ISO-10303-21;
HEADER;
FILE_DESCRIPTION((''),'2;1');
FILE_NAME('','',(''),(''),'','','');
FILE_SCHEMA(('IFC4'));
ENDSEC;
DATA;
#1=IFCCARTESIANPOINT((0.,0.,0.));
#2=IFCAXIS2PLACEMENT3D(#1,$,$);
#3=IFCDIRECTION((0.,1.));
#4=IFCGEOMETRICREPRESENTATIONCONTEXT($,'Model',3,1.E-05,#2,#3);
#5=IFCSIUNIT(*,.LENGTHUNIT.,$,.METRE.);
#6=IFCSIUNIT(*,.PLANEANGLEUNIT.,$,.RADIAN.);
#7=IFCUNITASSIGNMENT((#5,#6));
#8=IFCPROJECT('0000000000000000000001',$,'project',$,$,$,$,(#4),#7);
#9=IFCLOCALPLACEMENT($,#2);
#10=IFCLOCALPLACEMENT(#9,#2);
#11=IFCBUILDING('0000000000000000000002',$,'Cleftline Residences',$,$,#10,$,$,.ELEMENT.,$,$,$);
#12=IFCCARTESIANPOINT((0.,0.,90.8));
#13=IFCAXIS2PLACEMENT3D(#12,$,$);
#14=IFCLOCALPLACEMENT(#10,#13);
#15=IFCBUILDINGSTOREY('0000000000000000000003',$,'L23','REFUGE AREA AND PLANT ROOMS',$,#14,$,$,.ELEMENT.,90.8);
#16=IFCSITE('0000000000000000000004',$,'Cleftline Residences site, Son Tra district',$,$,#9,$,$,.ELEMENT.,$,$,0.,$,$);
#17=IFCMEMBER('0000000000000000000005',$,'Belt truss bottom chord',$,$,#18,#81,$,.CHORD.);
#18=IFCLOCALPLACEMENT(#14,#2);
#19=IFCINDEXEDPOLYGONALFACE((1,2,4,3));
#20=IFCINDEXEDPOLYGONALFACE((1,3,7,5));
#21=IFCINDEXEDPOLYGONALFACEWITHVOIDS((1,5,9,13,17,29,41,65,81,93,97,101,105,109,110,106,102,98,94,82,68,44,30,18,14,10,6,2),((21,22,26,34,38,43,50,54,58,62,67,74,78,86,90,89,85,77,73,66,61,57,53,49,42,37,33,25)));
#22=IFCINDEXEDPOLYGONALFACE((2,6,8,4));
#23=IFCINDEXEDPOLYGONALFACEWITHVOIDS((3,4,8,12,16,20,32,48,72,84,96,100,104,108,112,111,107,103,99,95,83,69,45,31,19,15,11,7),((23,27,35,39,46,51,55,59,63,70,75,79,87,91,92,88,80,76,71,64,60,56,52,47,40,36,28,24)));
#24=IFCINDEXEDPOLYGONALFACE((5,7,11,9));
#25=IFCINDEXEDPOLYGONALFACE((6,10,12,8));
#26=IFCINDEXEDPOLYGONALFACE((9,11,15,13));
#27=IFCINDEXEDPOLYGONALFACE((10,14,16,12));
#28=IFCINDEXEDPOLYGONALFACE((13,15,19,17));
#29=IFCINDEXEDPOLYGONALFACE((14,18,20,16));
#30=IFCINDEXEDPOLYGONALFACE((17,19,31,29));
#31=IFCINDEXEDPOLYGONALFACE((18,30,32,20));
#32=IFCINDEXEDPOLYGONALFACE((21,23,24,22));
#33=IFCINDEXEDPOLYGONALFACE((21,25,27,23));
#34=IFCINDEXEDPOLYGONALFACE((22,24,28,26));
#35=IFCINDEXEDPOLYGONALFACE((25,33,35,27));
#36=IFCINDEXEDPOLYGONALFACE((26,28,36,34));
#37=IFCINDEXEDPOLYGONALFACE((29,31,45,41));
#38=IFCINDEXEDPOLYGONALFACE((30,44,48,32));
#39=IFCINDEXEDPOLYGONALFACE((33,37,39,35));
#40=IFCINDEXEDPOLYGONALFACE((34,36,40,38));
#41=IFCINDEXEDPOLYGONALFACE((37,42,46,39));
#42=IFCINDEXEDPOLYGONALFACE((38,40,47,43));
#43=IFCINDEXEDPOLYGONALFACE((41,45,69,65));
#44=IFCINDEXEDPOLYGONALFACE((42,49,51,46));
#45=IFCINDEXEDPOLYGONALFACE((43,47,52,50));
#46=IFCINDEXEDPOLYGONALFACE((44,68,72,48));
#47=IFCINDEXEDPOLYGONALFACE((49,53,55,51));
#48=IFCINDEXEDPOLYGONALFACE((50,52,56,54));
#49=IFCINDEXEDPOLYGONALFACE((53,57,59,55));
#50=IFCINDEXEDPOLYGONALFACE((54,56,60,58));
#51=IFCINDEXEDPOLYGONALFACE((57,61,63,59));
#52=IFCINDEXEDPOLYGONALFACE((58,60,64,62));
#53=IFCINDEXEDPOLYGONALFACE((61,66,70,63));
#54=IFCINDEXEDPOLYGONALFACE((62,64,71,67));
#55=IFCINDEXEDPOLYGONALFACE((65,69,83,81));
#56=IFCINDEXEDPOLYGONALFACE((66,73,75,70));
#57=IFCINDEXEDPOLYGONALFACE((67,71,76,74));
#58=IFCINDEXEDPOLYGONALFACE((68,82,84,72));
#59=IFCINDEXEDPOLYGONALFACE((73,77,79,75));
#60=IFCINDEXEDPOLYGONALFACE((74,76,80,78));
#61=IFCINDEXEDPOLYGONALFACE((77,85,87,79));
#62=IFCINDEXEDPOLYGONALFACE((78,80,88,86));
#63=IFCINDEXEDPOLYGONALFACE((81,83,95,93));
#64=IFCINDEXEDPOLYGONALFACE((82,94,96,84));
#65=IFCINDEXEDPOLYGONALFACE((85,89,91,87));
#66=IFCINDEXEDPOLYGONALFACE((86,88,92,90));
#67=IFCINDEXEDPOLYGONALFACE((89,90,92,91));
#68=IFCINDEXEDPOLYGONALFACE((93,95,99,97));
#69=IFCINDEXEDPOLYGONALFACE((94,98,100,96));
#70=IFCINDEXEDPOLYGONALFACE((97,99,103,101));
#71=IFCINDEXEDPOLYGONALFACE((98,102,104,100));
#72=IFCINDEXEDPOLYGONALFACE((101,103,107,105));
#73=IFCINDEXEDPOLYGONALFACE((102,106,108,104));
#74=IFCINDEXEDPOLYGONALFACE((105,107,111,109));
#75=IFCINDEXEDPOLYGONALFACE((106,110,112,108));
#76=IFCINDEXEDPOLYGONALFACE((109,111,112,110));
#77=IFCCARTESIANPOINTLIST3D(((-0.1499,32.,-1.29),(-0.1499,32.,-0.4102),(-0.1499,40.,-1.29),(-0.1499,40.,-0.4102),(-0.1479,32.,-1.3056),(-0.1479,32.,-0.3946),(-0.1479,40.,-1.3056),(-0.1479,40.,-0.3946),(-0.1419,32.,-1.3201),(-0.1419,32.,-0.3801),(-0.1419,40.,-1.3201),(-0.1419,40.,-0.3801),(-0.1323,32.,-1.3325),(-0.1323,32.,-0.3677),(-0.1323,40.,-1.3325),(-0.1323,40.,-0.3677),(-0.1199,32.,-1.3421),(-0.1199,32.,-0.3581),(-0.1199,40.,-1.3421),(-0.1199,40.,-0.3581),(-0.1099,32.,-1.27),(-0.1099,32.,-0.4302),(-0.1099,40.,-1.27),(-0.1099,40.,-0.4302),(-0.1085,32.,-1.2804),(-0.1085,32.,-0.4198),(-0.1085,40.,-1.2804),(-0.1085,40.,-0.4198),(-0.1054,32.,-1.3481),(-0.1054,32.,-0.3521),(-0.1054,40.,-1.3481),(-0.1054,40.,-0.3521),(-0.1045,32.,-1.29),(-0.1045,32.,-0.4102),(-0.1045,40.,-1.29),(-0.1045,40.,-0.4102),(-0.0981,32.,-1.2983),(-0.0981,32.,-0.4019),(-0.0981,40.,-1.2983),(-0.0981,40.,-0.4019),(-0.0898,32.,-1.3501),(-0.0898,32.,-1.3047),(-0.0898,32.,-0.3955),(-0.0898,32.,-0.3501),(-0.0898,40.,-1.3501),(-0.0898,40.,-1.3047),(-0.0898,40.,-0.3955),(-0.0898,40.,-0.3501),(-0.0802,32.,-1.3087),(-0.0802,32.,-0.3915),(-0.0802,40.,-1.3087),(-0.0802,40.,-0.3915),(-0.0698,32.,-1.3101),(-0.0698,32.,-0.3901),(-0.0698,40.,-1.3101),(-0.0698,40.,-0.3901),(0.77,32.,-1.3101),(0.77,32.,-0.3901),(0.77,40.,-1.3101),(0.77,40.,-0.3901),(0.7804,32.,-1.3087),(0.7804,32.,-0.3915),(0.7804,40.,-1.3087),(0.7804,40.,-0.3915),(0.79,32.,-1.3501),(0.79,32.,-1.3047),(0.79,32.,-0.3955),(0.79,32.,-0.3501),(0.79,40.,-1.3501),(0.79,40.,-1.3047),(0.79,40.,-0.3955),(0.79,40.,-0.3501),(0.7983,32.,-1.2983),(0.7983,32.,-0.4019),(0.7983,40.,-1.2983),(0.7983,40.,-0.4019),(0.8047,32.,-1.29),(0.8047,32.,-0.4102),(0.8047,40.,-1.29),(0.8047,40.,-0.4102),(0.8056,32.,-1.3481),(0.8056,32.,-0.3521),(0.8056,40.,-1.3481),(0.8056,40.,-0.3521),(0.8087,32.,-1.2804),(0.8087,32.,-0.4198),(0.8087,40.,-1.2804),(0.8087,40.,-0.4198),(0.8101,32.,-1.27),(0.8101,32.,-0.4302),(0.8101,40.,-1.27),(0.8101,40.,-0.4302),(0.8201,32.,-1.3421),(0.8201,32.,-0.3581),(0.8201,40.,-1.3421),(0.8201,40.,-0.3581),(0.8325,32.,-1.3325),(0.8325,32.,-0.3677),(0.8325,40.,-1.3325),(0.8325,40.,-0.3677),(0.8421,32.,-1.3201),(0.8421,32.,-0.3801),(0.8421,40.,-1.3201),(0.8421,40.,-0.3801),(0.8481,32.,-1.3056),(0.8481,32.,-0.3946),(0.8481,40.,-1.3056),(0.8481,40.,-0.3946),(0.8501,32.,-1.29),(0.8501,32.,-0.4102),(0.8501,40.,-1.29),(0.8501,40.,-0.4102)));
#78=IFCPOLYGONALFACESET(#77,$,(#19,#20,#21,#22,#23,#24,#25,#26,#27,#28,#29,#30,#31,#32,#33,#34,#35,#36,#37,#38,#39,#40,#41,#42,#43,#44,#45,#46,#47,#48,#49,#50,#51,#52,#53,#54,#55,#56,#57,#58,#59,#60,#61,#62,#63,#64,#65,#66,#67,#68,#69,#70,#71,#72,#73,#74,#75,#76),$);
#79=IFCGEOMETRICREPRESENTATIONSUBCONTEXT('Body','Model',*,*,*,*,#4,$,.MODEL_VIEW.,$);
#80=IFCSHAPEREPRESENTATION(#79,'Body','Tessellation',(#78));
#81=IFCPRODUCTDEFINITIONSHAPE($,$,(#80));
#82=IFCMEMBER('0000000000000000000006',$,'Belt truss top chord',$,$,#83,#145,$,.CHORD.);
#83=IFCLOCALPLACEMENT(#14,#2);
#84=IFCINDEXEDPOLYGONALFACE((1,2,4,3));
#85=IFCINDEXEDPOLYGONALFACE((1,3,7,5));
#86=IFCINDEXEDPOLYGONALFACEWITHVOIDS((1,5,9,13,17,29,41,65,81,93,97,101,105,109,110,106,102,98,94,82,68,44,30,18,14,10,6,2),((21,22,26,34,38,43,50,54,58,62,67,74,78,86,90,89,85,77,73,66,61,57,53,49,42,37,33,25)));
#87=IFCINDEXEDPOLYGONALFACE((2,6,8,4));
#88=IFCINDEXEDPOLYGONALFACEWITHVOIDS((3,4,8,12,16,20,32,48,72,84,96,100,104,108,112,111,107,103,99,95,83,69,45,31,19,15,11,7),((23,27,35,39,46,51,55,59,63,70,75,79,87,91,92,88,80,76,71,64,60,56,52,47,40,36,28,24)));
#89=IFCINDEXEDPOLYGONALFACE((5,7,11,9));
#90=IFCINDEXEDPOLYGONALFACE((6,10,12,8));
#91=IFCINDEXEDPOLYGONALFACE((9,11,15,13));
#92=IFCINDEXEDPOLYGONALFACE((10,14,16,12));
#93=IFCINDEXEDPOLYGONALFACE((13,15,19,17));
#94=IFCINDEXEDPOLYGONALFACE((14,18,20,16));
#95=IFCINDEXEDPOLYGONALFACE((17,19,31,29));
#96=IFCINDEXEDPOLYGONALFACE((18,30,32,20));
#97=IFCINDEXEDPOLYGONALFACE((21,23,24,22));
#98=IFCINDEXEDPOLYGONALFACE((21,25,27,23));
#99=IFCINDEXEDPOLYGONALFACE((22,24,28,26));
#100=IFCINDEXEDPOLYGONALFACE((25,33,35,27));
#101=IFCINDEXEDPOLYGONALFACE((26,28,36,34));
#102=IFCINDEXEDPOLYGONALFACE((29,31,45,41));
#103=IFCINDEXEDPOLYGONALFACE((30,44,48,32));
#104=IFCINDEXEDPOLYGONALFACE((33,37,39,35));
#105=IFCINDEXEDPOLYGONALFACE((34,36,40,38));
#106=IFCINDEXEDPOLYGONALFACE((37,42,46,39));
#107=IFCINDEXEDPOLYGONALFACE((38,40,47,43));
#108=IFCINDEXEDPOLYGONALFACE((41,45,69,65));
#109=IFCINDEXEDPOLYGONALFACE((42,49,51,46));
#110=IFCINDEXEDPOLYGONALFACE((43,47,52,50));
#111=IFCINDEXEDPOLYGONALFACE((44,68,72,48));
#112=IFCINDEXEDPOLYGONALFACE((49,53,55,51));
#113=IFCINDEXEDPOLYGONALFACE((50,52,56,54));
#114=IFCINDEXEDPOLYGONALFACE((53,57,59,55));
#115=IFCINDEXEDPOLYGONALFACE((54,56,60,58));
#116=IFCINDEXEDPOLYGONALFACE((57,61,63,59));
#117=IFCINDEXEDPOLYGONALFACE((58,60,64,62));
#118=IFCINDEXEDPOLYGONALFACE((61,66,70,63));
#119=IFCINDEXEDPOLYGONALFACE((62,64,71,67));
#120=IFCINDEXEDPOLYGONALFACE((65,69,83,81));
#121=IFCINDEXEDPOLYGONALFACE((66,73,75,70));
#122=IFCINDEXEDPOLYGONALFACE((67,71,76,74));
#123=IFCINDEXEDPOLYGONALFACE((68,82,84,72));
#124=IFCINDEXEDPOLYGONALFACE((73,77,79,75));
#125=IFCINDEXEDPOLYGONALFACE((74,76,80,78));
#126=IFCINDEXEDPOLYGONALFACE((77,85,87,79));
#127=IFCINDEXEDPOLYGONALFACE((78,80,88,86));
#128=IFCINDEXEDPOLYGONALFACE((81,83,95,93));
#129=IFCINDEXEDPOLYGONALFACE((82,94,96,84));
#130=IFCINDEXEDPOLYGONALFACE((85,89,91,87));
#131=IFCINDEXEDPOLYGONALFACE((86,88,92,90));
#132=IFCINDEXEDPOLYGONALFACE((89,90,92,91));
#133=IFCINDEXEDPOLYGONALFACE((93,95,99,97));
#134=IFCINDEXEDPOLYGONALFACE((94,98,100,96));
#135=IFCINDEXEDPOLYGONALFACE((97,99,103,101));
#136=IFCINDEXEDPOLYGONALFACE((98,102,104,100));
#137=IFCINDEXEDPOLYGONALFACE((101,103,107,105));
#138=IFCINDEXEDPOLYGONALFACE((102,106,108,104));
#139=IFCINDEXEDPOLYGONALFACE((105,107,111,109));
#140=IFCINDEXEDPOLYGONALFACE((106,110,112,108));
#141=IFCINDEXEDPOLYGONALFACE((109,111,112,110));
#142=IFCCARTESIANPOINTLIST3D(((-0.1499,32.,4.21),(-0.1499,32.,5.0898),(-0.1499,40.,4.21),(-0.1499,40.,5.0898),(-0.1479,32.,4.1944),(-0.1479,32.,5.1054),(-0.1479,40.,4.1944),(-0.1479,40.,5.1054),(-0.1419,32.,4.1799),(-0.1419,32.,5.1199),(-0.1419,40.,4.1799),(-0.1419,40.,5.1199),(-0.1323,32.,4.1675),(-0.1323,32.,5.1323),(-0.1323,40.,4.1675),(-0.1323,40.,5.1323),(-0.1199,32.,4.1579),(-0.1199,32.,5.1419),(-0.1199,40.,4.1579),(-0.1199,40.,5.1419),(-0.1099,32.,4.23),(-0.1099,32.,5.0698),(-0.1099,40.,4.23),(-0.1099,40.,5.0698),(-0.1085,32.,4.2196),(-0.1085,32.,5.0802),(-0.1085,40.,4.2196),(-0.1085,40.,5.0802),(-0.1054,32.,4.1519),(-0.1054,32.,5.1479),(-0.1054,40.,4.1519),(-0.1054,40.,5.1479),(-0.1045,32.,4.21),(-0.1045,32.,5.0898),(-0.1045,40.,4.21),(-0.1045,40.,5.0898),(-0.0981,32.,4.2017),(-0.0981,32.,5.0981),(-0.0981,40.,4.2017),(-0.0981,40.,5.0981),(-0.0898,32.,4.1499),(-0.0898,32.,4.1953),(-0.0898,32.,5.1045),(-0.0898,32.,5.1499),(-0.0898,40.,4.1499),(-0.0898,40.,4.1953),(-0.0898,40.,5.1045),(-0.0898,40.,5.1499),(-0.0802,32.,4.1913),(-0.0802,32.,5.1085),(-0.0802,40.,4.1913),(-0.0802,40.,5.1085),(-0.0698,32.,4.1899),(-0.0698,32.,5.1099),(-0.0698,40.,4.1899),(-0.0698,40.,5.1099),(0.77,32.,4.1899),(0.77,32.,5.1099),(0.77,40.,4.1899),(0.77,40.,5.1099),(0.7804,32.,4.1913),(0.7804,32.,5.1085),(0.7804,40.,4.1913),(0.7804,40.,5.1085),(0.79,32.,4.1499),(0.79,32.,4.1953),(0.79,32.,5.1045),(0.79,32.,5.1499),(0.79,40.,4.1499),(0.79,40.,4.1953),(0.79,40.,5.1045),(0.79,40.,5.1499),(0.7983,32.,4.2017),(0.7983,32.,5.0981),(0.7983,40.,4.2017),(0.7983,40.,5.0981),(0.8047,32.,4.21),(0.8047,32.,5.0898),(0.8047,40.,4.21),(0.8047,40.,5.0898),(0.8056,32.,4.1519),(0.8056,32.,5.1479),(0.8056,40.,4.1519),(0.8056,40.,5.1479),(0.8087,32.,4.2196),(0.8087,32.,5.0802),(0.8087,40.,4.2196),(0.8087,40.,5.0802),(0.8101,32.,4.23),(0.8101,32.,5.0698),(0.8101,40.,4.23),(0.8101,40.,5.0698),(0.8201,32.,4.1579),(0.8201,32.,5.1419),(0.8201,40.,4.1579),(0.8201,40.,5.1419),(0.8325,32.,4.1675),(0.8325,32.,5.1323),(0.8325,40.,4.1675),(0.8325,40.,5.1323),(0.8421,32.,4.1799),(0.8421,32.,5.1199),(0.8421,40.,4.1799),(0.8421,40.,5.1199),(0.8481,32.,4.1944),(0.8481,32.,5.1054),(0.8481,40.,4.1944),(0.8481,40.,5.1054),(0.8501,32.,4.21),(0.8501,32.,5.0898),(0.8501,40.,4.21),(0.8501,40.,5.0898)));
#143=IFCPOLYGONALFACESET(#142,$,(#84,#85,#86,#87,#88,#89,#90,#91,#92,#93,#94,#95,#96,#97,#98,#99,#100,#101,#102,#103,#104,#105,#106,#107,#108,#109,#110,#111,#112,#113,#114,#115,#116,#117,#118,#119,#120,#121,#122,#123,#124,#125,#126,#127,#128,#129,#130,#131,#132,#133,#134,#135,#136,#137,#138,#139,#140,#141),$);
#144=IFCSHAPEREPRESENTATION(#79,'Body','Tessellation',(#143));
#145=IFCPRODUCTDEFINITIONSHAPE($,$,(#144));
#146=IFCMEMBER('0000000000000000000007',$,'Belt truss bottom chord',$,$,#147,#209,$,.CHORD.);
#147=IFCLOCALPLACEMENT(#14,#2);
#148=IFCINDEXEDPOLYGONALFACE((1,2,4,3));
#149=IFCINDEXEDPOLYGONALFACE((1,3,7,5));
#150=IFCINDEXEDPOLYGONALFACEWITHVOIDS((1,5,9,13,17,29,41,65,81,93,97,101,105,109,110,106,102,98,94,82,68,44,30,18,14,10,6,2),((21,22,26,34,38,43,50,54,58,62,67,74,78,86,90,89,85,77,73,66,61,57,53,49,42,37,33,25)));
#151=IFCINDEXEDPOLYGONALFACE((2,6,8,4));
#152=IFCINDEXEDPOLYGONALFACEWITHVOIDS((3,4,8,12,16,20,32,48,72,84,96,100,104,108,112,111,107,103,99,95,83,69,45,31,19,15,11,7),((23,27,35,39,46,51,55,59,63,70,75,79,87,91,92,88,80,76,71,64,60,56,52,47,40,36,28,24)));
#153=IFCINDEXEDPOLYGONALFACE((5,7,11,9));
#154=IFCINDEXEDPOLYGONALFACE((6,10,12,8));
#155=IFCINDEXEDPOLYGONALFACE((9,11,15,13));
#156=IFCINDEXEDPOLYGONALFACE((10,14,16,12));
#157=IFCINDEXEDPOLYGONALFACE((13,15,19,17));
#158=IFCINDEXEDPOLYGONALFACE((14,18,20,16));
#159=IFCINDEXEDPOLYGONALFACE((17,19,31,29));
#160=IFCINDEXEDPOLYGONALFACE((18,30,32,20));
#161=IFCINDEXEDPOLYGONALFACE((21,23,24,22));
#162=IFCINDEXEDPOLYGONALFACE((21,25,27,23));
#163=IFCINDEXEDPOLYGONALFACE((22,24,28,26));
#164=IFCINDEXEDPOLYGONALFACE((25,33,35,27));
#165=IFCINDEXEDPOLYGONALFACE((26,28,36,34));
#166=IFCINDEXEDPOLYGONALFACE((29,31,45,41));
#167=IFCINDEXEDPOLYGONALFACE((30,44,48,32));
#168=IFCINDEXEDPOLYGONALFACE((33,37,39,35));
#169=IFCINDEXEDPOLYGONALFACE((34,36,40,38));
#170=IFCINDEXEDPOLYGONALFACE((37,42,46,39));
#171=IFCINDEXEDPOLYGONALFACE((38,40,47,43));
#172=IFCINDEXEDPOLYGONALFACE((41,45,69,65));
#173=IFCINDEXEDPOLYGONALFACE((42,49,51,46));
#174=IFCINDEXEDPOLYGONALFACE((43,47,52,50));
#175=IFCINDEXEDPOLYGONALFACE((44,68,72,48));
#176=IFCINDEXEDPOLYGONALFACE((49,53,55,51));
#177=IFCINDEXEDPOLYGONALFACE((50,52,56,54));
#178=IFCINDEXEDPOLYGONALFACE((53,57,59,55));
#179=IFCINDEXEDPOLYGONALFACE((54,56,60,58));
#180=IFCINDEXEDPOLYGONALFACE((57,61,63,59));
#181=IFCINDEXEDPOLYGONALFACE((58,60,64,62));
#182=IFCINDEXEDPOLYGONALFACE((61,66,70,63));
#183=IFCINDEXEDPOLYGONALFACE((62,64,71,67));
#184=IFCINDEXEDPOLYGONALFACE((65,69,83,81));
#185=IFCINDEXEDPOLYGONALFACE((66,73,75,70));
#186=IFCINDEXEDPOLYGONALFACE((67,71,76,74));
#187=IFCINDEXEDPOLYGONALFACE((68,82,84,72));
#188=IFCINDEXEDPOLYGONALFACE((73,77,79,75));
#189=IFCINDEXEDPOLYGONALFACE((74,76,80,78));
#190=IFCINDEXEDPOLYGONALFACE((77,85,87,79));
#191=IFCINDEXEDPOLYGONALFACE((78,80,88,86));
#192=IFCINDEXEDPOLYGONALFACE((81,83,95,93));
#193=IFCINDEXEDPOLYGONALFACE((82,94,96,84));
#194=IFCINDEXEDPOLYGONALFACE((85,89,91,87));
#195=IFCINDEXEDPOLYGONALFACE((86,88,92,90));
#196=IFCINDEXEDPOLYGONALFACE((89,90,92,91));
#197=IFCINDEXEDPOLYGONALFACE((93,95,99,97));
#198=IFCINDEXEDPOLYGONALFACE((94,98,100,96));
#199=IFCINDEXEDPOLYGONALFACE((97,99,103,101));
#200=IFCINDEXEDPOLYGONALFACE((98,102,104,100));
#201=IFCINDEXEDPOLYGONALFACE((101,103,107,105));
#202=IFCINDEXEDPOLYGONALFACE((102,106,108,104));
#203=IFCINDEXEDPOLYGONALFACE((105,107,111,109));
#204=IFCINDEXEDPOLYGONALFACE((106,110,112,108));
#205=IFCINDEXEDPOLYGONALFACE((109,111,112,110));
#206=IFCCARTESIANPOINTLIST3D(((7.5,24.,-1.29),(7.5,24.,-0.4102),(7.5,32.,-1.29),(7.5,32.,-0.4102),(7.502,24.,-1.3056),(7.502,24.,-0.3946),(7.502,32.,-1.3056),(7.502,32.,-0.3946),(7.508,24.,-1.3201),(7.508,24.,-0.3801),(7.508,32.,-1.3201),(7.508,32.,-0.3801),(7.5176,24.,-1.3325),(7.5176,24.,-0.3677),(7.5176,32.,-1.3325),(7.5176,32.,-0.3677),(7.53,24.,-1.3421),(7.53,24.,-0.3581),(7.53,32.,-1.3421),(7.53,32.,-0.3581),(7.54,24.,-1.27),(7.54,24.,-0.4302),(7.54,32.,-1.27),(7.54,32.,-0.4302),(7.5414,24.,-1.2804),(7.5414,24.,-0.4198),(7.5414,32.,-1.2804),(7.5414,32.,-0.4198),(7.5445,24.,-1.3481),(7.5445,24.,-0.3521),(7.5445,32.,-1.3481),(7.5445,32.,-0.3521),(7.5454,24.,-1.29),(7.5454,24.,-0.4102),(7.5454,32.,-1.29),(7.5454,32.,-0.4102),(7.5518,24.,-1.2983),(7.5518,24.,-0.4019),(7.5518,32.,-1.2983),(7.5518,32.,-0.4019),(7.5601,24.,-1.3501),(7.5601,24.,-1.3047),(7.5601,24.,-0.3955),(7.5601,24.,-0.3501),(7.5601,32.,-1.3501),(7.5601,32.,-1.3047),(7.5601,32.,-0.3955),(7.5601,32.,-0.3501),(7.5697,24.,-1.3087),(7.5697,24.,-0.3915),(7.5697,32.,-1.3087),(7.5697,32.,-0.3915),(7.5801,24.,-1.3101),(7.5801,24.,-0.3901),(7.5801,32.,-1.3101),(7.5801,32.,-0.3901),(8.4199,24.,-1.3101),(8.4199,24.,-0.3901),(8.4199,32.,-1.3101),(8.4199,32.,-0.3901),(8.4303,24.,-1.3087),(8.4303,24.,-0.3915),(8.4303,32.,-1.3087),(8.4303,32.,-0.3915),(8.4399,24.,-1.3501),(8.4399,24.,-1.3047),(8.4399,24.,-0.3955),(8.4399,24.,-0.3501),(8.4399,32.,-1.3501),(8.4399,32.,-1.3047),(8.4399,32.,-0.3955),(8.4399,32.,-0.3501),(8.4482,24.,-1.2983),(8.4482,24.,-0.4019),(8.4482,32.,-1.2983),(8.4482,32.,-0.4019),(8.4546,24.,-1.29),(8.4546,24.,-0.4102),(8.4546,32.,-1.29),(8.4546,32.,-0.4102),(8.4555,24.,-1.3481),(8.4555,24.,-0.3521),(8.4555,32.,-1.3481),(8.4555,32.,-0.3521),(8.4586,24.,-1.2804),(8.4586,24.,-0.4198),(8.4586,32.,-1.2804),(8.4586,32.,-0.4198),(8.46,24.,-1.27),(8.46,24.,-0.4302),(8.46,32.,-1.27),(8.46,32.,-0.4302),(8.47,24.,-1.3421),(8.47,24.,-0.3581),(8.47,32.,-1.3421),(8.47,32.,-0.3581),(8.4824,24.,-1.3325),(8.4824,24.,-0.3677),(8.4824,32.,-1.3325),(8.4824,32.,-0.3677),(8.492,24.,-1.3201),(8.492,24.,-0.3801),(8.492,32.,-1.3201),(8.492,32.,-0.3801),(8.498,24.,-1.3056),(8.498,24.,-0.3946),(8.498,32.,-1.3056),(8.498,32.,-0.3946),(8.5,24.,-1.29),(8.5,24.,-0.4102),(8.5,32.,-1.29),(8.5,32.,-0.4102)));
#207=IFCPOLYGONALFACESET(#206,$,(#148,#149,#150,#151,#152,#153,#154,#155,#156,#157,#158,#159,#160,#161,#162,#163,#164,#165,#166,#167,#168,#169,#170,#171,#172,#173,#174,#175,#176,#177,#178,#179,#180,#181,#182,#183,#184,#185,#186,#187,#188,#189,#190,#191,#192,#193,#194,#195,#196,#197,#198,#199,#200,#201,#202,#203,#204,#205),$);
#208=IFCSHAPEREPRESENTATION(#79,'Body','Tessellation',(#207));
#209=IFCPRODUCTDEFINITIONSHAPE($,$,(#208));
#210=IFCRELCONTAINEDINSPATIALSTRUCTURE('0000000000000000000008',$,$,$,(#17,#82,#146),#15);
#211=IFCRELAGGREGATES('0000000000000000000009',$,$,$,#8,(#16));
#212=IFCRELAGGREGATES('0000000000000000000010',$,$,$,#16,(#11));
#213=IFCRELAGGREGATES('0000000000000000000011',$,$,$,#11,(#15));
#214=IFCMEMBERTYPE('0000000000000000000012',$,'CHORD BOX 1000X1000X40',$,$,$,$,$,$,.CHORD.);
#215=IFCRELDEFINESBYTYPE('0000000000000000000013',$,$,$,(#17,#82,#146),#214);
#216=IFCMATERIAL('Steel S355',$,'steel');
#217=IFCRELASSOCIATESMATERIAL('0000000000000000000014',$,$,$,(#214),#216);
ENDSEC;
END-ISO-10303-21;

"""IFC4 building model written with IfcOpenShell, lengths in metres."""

from ifc_helpers import new_model, si_unit, direction, frame, origin, origin_2d, place, context, subcontext, project, spatial, hollow_rectangle, extrude, material, material_profile, profile_set, type_object, element, save


model = new_model("IFC4")

# Units and contexts
model_context = context("Model", 3, precision=1e-05, world=origin(), true_north=direction((0.0, 1.0)))
body_context = subcontext(model_context, "Body", "Model", "MODEL_VIEW")
ifc_project = project(units=[si_unit("LENGTHUNIT", "METRE"), si_unit("PLANEANGLEUNIT", "RADIAN")], contexts=[model_context])

# Site, building, storey
site_placement = place(None, origin())
site = spatial("IfcSite", under=ifc_project, at=site_placement, Name="Cleftline Residences site, Son Tra district", CompositionType="ELEMENT", RefElevation=0.0)
building_placement = place(site_placement, origin())
building = spatial("IfcBuilding", under=site, at=building_placement, Name="Cleftline Residences", CompositionType="ELEMENT")
storey_placement = place(building_placement, frame((0.0, 0.0, 90.8)))
storey = spatial("IfcBuildingStorey", under=building, at=storey_placement, Name="L23", Description="REFUGE AREA AND PLANT ROOMS", CompositionType="ELEMENT", Elevation=90.8)

# Members
ifc_material_1 = material(Name="Steel S355", Category="steel")
ifc_material_profile_1 = material_profile(ifc_material_1, hollow_rectangle(XDim=1.0, YDim=1.0, WallThickness=0.04, InnerFilletRadius=0.04, OuterFilletRadius=0.0601, at=origin_2d()))
ifc_profile_set_1 = profile_set([ifc_material_profile_1], Name="Steel S355")
member_type_1 = type_object("IfcMemberType", Name="CHORD BOX 1000X1000X40", PredefinedType="CHORD", material=ifc_profile_set_1)
for number, where, z_axis, x_axis, name in (
    (1, (0.3501, 32.0, -0.8501), (0.0, 1.0, 0.0), (-1.0, 0.0, 0.0), "Belt truss bottom chord"),
    (2, (0.3501, 32.0, 4.6499), (0.0, 1.0, 0.0), (-1.0, 0.0, 0.0), "Belt truss top chord"),
    (3, (8.0, 24.0, -0.8501), (0.0, 1.0, 0.0), (-1.0, 0.0, 0.0), "Belt truss bottom chord"),
):
    element("IfcMember", number, at=place(storey_placement, frame(where, z_axis=z_axis, x_axis=x_axis)), inside=storey, type_object=member_type_1, Name=name, PredefinedType="CHORD", context=body_context, shape_type="SweptSolid", body=[
        extrude(hollow_rectangle(XDim=1.0, YDim=1.0, WallThickness=0.04, InnerFilletRadius=0.04, OuterFilletRadius=0.0601, at=origin_2d()), origin(), (0.0, 0.0, 1.0), 8.0),
    ])

save(model, "model.ifc")
